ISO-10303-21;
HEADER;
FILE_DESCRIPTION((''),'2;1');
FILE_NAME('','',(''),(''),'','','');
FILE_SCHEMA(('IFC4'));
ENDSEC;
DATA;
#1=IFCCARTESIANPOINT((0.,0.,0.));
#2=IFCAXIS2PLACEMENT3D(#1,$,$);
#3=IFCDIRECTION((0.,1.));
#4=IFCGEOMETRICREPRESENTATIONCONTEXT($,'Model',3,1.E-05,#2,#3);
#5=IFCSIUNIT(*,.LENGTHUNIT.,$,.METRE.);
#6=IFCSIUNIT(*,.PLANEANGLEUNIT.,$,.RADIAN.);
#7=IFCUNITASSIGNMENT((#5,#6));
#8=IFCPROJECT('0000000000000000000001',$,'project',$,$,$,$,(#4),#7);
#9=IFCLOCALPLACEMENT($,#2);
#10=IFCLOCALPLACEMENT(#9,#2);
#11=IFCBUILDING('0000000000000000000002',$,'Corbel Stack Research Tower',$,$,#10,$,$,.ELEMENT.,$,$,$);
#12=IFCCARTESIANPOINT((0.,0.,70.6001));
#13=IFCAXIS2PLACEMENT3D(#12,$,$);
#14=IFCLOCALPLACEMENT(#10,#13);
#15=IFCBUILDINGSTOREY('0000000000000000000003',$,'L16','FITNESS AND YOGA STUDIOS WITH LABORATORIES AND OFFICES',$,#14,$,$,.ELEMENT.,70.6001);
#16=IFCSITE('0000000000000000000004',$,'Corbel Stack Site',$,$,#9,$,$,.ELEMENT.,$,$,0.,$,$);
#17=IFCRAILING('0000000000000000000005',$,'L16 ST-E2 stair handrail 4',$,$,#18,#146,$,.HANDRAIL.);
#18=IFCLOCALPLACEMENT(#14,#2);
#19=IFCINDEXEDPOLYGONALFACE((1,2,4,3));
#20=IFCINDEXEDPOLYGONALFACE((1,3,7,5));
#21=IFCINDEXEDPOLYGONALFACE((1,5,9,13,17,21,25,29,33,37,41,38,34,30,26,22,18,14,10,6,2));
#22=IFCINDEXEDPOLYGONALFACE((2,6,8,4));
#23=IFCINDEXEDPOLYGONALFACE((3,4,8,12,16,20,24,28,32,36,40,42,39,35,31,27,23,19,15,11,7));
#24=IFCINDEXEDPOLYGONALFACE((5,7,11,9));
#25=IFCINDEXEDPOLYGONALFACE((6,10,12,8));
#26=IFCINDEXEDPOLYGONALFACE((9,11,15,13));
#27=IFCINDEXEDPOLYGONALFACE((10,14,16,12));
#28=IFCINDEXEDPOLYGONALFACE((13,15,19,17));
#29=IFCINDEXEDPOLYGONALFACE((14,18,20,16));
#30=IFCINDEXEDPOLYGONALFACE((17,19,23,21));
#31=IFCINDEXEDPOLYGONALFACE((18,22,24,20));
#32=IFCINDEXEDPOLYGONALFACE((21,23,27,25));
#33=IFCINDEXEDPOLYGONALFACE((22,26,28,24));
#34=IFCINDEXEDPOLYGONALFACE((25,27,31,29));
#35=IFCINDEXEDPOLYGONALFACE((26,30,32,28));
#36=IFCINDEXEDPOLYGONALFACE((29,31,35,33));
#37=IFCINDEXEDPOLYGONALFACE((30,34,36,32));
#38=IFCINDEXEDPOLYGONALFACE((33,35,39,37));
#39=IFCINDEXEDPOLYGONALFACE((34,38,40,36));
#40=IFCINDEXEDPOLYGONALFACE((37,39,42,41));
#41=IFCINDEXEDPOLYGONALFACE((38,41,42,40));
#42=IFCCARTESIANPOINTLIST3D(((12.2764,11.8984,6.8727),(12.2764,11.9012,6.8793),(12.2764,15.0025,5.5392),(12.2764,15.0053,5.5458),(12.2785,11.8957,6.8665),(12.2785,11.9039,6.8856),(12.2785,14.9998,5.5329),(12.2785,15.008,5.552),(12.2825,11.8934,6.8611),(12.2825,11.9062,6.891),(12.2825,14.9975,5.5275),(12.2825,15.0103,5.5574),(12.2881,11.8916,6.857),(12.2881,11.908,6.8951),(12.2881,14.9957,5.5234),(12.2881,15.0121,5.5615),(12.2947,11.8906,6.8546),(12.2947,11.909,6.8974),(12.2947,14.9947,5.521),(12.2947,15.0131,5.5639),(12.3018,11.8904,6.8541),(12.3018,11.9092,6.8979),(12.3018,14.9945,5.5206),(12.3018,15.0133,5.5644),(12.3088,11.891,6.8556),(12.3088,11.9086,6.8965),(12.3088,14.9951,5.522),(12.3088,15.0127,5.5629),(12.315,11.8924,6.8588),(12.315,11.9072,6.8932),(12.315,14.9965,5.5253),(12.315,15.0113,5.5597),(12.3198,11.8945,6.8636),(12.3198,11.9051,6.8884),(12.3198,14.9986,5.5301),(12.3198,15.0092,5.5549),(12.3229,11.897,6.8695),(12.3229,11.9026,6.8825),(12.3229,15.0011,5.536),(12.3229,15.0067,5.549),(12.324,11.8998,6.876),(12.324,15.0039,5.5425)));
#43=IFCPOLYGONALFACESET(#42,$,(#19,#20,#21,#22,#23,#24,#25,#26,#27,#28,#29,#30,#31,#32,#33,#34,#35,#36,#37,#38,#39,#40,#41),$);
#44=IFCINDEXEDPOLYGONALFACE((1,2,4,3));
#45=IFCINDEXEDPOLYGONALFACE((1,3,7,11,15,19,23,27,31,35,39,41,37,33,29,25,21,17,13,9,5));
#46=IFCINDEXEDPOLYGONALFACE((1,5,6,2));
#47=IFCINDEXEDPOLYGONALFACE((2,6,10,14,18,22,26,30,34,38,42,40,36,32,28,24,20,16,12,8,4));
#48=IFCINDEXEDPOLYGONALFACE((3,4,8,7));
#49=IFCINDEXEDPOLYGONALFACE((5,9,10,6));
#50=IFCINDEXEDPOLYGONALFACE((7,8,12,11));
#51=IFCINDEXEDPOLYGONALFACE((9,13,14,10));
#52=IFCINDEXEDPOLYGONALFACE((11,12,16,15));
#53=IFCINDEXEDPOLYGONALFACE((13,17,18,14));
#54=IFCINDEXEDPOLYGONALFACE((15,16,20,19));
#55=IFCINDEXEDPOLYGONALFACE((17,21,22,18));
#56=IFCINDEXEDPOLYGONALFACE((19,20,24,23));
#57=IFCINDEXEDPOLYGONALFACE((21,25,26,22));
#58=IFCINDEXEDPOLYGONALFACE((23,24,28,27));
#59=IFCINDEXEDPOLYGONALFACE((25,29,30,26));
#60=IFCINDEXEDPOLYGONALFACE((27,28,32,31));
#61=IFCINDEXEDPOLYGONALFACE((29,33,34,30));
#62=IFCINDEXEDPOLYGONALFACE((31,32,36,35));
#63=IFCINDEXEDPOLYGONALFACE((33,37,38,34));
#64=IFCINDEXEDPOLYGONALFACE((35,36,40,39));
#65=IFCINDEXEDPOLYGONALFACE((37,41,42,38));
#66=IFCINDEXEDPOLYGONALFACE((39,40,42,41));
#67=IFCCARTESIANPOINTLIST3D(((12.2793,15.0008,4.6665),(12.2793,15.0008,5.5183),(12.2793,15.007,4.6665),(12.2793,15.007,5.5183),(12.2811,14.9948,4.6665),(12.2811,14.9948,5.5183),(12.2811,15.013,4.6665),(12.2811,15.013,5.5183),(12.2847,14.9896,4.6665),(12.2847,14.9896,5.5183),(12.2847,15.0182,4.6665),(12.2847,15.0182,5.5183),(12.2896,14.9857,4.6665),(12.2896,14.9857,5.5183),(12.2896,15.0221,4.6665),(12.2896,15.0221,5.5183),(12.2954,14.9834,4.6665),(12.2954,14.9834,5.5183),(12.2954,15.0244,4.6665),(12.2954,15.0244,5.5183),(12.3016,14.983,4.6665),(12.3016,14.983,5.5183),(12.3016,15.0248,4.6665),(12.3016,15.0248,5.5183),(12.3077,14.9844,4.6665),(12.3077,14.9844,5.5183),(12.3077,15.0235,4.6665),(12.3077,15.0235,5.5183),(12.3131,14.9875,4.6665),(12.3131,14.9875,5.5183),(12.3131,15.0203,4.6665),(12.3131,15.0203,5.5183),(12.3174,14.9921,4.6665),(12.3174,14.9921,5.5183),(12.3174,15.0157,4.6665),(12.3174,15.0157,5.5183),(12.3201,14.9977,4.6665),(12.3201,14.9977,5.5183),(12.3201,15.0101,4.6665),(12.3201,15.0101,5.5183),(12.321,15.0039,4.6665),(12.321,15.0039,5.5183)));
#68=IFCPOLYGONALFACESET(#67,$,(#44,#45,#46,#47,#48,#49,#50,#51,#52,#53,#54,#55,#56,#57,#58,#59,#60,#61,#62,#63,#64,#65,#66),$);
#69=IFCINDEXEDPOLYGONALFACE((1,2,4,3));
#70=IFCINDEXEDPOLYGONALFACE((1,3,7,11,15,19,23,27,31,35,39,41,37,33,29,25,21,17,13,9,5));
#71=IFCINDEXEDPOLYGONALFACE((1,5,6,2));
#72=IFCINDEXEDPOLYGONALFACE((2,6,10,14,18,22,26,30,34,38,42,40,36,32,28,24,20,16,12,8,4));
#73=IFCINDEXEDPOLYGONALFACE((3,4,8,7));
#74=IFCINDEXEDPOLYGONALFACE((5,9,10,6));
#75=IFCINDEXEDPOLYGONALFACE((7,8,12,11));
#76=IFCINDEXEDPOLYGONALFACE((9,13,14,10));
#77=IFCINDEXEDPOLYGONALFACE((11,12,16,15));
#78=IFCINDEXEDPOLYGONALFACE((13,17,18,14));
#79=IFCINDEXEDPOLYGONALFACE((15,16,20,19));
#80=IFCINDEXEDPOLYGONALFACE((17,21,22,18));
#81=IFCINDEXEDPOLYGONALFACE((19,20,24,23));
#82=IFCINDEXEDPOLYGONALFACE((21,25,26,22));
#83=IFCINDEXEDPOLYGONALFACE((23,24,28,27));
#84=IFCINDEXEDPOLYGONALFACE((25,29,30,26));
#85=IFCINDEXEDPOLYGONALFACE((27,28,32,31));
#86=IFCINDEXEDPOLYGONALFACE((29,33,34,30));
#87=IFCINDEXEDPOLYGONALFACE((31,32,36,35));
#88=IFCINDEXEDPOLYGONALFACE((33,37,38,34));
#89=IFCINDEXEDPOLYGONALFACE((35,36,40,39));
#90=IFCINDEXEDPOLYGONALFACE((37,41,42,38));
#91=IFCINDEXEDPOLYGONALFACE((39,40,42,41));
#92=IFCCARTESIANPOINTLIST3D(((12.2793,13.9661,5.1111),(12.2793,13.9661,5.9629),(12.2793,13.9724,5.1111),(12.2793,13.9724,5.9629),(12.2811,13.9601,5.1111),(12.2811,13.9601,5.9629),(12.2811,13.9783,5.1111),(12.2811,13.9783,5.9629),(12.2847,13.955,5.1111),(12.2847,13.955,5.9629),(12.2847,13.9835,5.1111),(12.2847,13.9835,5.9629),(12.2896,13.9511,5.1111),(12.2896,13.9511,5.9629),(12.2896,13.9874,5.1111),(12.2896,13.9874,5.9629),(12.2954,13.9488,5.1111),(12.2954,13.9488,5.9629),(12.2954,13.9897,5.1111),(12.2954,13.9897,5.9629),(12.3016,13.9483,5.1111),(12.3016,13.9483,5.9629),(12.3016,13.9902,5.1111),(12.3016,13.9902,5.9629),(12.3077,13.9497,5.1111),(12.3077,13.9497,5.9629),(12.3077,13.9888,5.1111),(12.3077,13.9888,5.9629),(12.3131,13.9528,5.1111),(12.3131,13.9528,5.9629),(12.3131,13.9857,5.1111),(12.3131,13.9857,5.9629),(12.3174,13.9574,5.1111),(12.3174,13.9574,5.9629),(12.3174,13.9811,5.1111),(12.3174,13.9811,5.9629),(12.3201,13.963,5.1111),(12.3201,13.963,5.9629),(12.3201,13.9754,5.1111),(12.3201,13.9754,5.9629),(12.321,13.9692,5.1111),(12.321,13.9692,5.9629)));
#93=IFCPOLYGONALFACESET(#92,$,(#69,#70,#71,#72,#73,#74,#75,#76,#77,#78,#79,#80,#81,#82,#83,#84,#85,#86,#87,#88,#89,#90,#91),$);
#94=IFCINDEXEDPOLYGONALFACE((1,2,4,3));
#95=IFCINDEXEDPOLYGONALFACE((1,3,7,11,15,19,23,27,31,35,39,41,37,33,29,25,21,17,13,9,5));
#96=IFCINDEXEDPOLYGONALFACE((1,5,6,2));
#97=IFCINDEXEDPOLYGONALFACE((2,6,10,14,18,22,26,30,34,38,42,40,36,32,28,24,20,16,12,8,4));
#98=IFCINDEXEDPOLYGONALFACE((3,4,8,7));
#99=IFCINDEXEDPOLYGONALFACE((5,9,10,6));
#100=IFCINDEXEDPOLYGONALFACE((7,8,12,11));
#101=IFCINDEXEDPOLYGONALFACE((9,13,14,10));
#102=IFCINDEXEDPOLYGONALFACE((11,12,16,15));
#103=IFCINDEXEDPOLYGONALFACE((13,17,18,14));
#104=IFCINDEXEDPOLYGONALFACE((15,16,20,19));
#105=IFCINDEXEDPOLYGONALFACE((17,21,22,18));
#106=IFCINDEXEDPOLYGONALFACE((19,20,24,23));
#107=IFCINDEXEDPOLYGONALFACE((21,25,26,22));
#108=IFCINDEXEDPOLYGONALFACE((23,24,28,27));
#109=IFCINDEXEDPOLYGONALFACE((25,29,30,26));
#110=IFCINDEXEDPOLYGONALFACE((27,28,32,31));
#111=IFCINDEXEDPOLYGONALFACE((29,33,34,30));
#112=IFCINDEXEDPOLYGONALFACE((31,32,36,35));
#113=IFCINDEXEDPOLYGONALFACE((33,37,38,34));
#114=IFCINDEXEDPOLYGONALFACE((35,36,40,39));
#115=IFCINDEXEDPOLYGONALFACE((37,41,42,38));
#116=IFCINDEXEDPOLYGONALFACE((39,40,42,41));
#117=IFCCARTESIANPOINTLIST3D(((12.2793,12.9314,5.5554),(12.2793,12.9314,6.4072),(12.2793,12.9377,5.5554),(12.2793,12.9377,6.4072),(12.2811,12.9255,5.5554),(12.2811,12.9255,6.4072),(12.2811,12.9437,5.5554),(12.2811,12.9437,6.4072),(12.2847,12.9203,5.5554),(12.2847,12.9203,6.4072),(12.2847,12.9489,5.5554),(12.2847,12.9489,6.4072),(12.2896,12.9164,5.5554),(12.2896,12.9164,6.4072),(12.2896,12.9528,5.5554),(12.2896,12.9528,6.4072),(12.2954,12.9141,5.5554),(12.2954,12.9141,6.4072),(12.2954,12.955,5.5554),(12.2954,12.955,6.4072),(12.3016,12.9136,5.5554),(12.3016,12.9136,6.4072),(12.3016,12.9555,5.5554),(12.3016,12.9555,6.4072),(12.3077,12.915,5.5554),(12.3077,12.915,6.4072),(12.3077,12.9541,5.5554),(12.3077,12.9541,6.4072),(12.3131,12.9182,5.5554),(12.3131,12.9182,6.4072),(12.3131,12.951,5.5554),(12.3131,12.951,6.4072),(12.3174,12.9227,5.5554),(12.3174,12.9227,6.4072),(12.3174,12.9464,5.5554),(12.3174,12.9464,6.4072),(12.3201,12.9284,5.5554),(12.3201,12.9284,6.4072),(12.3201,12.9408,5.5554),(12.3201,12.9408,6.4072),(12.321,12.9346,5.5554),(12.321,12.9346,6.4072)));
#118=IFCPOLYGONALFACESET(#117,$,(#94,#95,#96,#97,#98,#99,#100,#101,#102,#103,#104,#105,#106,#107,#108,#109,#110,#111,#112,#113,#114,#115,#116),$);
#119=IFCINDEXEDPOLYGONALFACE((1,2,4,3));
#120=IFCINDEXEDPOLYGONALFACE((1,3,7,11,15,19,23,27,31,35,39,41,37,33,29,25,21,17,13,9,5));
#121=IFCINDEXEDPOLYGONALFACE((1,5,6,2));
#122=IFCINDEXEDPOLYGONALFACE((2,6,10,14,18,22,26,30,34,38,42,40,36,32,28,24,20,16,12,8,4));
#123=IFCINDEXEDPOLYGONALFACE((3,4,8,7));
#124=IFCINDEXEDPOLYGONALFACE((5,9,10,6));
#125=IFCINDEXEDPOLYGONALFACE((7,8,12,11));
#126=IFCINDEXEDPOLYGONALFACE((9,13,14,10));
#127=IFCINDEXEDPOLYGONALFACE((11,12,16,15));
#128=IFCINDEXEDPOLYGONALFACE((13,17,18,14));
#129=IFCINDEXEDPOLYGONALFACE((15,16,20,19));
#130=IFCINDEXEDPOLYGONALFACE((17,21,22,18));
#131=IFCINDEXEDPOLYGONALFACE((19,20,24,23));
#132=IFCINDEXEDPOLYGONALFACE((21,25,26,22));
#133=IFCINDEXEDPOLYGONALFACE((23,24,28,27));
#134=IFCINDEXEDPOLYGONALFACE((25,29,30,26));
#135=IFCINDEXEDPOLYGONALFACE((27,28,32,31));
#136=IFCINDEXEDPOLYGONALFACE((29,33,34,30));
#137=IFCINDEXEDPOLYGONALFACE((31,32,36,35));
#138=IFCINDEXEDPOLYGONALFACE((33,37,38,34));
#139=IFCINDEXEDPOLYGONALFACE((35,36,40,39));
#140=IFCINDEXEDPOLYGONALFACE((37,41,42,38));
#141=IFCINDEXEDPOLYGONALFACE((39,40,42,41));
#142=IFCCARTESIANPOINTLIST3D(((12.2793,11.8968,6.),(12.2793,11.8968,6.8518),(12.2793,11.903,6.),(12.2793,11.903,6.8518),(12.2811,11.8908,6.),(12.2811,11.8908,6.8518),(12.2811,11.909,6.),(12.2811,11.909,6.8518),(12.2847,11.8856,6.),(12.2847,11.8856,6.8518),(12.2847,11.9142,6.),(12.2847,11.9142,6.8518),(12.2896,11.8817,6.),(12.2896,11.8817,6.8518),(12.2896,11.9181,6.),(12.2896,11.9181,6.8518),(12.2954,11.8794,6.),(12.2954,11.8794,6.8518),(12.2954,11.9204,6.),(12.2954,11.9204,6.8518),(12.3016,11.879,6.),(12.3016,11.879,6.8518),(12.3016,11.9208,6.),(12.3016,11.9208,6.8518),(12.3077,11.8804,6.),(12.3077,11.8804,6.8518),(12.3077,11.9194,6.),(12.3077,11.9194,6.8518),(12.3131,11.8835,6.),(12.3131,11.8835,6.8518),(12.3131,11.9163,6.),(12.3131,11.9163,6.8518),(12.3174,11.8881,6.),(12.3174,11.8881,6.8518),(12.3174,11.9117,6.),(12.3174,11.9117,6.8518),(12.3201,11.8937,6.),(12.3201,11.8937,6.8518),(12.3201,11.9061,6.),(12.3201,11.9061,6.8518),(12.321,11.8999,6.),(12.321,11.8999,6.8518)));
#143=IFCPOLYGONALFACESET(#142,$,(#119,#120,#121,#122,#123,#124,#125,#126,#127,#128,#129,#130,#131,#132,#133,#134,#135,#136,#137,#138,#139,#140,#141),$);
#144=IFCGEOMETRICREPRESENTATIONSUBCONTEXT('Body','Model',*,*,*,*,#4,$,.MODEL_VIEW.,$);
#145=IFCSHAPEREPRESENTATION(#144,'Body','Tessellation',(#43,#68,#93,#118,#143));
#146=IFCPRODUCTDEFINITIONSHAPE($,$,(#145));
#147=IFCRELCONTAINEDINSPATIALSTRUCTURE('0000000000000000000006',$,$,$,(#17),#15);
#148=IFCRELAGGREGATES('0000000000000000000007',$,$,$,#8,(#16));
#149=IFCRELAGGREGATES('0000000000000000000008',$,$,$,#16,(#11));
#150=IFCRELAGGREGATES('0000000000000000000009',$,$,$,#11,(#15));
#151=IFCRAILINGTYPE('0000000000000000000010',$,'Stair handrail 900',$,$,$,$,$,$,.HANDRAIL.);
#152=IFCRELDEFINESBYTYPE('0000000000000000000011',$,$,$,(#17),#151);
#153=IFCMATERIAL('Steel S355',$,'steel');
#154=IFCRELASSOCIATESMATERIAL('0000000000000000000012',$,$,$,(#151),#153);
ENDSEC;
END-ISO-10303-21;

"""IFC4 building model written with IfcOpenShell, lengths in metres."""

from ifc_helpers import new_model, si_unit, direction, frame, origin, origin_2d, place, context, subcontext, project, spatial, circle, extrude, material, type_object, element, save


model = new_model("IFC4")

# Units and contexts
model_context = context("Model", 3, precision=1e-05, world=origin(), true_north=direction((0.0, 1.0)))
body_context = subcontext(model_context, "Body", "Model", "MODEL_VIEW")
ifc_project = project(units=[si_unit("LENGTHUNIT", "METRE"), si_unit("PLANEANGLEUNIT", "RADIAN")], contexts=[model_context])

# Site, building, storey
site_placement = place(None, origin())
site = spatial("IfcSite", under=ifc_project, at=site_placement, Name="Corbel Stack Site", CompositionType="ELEMENT", RefElevation=0.0)
building_placement = place(site_placement, origin())
building = spatial("IfcBuilding", under=site, at=building_placement, Name="Corbel Stack Research Tower", CompositionType="ELEMENT")
storey_placement = place(building_placement, frame((0.0, 0.0, 70.6001)))
storey = spatial("IfcBuildingStorey", under=building, at=storey_placement, Name="L16", Description="FITNESS AND YOGA STUDIOS WITH LABORATORIES AND OFFICES", CompositionType="ELEMENT", Elevation=70.6001)

# Railing
ifc_material_1 = material(Name="Steel S355", Category="steel")
railing_type_1 = type_object("IfcRailingType", Name="Stair handrail 900", PredefinedType="HANDRAIL", material=ifc_material_1)
for number, where, name in (
    (1, (12.3, 15.0039, 4.6665), "L16 ST-E2 stair handrail 4"),
):
    element("IfcRailing", number, at=place(storey_placement, frame(where)), inside=storey, type_object=railing_type_1, Name=name, PredefinedType="HANDRAIL", context=body_context, shape_type="SweptSolid", body=[
        extrude(circle(Radius=0.0239, at=origin_2d()), frame((0.0, 0.0, 0.876), z_axis=(0.0, -0.918801, 0.394722), x_axis=(1.0, 0.0, 0.0)), (0.0, 0.0, 1.0), 3.3784),
        extrude(circle(Radius=0.021, at=origin_2d()), origin(), (0.0, 0.0, 1.0), 0.8518),
        extrude(circle(Radius=0.021, at=origin_2d()), frame((0.0, -1.0347, 0.4446)), (0.0, 0.0, 1.0), 0.8518),
        extrude(circle(Radius=0.021, at=origin_2d()), frame((0.0, -2.0693, 0.8889)), (0.0, 0.0, 1.0), 0.8518),
        extrude(circle(Radius=0.021, at=origin_2d()), frame((0.0, -3.104, 1.3335)), (0.0, 0.0, 1.0), 0.8518),
    ])

save(model, "model.ifc")
